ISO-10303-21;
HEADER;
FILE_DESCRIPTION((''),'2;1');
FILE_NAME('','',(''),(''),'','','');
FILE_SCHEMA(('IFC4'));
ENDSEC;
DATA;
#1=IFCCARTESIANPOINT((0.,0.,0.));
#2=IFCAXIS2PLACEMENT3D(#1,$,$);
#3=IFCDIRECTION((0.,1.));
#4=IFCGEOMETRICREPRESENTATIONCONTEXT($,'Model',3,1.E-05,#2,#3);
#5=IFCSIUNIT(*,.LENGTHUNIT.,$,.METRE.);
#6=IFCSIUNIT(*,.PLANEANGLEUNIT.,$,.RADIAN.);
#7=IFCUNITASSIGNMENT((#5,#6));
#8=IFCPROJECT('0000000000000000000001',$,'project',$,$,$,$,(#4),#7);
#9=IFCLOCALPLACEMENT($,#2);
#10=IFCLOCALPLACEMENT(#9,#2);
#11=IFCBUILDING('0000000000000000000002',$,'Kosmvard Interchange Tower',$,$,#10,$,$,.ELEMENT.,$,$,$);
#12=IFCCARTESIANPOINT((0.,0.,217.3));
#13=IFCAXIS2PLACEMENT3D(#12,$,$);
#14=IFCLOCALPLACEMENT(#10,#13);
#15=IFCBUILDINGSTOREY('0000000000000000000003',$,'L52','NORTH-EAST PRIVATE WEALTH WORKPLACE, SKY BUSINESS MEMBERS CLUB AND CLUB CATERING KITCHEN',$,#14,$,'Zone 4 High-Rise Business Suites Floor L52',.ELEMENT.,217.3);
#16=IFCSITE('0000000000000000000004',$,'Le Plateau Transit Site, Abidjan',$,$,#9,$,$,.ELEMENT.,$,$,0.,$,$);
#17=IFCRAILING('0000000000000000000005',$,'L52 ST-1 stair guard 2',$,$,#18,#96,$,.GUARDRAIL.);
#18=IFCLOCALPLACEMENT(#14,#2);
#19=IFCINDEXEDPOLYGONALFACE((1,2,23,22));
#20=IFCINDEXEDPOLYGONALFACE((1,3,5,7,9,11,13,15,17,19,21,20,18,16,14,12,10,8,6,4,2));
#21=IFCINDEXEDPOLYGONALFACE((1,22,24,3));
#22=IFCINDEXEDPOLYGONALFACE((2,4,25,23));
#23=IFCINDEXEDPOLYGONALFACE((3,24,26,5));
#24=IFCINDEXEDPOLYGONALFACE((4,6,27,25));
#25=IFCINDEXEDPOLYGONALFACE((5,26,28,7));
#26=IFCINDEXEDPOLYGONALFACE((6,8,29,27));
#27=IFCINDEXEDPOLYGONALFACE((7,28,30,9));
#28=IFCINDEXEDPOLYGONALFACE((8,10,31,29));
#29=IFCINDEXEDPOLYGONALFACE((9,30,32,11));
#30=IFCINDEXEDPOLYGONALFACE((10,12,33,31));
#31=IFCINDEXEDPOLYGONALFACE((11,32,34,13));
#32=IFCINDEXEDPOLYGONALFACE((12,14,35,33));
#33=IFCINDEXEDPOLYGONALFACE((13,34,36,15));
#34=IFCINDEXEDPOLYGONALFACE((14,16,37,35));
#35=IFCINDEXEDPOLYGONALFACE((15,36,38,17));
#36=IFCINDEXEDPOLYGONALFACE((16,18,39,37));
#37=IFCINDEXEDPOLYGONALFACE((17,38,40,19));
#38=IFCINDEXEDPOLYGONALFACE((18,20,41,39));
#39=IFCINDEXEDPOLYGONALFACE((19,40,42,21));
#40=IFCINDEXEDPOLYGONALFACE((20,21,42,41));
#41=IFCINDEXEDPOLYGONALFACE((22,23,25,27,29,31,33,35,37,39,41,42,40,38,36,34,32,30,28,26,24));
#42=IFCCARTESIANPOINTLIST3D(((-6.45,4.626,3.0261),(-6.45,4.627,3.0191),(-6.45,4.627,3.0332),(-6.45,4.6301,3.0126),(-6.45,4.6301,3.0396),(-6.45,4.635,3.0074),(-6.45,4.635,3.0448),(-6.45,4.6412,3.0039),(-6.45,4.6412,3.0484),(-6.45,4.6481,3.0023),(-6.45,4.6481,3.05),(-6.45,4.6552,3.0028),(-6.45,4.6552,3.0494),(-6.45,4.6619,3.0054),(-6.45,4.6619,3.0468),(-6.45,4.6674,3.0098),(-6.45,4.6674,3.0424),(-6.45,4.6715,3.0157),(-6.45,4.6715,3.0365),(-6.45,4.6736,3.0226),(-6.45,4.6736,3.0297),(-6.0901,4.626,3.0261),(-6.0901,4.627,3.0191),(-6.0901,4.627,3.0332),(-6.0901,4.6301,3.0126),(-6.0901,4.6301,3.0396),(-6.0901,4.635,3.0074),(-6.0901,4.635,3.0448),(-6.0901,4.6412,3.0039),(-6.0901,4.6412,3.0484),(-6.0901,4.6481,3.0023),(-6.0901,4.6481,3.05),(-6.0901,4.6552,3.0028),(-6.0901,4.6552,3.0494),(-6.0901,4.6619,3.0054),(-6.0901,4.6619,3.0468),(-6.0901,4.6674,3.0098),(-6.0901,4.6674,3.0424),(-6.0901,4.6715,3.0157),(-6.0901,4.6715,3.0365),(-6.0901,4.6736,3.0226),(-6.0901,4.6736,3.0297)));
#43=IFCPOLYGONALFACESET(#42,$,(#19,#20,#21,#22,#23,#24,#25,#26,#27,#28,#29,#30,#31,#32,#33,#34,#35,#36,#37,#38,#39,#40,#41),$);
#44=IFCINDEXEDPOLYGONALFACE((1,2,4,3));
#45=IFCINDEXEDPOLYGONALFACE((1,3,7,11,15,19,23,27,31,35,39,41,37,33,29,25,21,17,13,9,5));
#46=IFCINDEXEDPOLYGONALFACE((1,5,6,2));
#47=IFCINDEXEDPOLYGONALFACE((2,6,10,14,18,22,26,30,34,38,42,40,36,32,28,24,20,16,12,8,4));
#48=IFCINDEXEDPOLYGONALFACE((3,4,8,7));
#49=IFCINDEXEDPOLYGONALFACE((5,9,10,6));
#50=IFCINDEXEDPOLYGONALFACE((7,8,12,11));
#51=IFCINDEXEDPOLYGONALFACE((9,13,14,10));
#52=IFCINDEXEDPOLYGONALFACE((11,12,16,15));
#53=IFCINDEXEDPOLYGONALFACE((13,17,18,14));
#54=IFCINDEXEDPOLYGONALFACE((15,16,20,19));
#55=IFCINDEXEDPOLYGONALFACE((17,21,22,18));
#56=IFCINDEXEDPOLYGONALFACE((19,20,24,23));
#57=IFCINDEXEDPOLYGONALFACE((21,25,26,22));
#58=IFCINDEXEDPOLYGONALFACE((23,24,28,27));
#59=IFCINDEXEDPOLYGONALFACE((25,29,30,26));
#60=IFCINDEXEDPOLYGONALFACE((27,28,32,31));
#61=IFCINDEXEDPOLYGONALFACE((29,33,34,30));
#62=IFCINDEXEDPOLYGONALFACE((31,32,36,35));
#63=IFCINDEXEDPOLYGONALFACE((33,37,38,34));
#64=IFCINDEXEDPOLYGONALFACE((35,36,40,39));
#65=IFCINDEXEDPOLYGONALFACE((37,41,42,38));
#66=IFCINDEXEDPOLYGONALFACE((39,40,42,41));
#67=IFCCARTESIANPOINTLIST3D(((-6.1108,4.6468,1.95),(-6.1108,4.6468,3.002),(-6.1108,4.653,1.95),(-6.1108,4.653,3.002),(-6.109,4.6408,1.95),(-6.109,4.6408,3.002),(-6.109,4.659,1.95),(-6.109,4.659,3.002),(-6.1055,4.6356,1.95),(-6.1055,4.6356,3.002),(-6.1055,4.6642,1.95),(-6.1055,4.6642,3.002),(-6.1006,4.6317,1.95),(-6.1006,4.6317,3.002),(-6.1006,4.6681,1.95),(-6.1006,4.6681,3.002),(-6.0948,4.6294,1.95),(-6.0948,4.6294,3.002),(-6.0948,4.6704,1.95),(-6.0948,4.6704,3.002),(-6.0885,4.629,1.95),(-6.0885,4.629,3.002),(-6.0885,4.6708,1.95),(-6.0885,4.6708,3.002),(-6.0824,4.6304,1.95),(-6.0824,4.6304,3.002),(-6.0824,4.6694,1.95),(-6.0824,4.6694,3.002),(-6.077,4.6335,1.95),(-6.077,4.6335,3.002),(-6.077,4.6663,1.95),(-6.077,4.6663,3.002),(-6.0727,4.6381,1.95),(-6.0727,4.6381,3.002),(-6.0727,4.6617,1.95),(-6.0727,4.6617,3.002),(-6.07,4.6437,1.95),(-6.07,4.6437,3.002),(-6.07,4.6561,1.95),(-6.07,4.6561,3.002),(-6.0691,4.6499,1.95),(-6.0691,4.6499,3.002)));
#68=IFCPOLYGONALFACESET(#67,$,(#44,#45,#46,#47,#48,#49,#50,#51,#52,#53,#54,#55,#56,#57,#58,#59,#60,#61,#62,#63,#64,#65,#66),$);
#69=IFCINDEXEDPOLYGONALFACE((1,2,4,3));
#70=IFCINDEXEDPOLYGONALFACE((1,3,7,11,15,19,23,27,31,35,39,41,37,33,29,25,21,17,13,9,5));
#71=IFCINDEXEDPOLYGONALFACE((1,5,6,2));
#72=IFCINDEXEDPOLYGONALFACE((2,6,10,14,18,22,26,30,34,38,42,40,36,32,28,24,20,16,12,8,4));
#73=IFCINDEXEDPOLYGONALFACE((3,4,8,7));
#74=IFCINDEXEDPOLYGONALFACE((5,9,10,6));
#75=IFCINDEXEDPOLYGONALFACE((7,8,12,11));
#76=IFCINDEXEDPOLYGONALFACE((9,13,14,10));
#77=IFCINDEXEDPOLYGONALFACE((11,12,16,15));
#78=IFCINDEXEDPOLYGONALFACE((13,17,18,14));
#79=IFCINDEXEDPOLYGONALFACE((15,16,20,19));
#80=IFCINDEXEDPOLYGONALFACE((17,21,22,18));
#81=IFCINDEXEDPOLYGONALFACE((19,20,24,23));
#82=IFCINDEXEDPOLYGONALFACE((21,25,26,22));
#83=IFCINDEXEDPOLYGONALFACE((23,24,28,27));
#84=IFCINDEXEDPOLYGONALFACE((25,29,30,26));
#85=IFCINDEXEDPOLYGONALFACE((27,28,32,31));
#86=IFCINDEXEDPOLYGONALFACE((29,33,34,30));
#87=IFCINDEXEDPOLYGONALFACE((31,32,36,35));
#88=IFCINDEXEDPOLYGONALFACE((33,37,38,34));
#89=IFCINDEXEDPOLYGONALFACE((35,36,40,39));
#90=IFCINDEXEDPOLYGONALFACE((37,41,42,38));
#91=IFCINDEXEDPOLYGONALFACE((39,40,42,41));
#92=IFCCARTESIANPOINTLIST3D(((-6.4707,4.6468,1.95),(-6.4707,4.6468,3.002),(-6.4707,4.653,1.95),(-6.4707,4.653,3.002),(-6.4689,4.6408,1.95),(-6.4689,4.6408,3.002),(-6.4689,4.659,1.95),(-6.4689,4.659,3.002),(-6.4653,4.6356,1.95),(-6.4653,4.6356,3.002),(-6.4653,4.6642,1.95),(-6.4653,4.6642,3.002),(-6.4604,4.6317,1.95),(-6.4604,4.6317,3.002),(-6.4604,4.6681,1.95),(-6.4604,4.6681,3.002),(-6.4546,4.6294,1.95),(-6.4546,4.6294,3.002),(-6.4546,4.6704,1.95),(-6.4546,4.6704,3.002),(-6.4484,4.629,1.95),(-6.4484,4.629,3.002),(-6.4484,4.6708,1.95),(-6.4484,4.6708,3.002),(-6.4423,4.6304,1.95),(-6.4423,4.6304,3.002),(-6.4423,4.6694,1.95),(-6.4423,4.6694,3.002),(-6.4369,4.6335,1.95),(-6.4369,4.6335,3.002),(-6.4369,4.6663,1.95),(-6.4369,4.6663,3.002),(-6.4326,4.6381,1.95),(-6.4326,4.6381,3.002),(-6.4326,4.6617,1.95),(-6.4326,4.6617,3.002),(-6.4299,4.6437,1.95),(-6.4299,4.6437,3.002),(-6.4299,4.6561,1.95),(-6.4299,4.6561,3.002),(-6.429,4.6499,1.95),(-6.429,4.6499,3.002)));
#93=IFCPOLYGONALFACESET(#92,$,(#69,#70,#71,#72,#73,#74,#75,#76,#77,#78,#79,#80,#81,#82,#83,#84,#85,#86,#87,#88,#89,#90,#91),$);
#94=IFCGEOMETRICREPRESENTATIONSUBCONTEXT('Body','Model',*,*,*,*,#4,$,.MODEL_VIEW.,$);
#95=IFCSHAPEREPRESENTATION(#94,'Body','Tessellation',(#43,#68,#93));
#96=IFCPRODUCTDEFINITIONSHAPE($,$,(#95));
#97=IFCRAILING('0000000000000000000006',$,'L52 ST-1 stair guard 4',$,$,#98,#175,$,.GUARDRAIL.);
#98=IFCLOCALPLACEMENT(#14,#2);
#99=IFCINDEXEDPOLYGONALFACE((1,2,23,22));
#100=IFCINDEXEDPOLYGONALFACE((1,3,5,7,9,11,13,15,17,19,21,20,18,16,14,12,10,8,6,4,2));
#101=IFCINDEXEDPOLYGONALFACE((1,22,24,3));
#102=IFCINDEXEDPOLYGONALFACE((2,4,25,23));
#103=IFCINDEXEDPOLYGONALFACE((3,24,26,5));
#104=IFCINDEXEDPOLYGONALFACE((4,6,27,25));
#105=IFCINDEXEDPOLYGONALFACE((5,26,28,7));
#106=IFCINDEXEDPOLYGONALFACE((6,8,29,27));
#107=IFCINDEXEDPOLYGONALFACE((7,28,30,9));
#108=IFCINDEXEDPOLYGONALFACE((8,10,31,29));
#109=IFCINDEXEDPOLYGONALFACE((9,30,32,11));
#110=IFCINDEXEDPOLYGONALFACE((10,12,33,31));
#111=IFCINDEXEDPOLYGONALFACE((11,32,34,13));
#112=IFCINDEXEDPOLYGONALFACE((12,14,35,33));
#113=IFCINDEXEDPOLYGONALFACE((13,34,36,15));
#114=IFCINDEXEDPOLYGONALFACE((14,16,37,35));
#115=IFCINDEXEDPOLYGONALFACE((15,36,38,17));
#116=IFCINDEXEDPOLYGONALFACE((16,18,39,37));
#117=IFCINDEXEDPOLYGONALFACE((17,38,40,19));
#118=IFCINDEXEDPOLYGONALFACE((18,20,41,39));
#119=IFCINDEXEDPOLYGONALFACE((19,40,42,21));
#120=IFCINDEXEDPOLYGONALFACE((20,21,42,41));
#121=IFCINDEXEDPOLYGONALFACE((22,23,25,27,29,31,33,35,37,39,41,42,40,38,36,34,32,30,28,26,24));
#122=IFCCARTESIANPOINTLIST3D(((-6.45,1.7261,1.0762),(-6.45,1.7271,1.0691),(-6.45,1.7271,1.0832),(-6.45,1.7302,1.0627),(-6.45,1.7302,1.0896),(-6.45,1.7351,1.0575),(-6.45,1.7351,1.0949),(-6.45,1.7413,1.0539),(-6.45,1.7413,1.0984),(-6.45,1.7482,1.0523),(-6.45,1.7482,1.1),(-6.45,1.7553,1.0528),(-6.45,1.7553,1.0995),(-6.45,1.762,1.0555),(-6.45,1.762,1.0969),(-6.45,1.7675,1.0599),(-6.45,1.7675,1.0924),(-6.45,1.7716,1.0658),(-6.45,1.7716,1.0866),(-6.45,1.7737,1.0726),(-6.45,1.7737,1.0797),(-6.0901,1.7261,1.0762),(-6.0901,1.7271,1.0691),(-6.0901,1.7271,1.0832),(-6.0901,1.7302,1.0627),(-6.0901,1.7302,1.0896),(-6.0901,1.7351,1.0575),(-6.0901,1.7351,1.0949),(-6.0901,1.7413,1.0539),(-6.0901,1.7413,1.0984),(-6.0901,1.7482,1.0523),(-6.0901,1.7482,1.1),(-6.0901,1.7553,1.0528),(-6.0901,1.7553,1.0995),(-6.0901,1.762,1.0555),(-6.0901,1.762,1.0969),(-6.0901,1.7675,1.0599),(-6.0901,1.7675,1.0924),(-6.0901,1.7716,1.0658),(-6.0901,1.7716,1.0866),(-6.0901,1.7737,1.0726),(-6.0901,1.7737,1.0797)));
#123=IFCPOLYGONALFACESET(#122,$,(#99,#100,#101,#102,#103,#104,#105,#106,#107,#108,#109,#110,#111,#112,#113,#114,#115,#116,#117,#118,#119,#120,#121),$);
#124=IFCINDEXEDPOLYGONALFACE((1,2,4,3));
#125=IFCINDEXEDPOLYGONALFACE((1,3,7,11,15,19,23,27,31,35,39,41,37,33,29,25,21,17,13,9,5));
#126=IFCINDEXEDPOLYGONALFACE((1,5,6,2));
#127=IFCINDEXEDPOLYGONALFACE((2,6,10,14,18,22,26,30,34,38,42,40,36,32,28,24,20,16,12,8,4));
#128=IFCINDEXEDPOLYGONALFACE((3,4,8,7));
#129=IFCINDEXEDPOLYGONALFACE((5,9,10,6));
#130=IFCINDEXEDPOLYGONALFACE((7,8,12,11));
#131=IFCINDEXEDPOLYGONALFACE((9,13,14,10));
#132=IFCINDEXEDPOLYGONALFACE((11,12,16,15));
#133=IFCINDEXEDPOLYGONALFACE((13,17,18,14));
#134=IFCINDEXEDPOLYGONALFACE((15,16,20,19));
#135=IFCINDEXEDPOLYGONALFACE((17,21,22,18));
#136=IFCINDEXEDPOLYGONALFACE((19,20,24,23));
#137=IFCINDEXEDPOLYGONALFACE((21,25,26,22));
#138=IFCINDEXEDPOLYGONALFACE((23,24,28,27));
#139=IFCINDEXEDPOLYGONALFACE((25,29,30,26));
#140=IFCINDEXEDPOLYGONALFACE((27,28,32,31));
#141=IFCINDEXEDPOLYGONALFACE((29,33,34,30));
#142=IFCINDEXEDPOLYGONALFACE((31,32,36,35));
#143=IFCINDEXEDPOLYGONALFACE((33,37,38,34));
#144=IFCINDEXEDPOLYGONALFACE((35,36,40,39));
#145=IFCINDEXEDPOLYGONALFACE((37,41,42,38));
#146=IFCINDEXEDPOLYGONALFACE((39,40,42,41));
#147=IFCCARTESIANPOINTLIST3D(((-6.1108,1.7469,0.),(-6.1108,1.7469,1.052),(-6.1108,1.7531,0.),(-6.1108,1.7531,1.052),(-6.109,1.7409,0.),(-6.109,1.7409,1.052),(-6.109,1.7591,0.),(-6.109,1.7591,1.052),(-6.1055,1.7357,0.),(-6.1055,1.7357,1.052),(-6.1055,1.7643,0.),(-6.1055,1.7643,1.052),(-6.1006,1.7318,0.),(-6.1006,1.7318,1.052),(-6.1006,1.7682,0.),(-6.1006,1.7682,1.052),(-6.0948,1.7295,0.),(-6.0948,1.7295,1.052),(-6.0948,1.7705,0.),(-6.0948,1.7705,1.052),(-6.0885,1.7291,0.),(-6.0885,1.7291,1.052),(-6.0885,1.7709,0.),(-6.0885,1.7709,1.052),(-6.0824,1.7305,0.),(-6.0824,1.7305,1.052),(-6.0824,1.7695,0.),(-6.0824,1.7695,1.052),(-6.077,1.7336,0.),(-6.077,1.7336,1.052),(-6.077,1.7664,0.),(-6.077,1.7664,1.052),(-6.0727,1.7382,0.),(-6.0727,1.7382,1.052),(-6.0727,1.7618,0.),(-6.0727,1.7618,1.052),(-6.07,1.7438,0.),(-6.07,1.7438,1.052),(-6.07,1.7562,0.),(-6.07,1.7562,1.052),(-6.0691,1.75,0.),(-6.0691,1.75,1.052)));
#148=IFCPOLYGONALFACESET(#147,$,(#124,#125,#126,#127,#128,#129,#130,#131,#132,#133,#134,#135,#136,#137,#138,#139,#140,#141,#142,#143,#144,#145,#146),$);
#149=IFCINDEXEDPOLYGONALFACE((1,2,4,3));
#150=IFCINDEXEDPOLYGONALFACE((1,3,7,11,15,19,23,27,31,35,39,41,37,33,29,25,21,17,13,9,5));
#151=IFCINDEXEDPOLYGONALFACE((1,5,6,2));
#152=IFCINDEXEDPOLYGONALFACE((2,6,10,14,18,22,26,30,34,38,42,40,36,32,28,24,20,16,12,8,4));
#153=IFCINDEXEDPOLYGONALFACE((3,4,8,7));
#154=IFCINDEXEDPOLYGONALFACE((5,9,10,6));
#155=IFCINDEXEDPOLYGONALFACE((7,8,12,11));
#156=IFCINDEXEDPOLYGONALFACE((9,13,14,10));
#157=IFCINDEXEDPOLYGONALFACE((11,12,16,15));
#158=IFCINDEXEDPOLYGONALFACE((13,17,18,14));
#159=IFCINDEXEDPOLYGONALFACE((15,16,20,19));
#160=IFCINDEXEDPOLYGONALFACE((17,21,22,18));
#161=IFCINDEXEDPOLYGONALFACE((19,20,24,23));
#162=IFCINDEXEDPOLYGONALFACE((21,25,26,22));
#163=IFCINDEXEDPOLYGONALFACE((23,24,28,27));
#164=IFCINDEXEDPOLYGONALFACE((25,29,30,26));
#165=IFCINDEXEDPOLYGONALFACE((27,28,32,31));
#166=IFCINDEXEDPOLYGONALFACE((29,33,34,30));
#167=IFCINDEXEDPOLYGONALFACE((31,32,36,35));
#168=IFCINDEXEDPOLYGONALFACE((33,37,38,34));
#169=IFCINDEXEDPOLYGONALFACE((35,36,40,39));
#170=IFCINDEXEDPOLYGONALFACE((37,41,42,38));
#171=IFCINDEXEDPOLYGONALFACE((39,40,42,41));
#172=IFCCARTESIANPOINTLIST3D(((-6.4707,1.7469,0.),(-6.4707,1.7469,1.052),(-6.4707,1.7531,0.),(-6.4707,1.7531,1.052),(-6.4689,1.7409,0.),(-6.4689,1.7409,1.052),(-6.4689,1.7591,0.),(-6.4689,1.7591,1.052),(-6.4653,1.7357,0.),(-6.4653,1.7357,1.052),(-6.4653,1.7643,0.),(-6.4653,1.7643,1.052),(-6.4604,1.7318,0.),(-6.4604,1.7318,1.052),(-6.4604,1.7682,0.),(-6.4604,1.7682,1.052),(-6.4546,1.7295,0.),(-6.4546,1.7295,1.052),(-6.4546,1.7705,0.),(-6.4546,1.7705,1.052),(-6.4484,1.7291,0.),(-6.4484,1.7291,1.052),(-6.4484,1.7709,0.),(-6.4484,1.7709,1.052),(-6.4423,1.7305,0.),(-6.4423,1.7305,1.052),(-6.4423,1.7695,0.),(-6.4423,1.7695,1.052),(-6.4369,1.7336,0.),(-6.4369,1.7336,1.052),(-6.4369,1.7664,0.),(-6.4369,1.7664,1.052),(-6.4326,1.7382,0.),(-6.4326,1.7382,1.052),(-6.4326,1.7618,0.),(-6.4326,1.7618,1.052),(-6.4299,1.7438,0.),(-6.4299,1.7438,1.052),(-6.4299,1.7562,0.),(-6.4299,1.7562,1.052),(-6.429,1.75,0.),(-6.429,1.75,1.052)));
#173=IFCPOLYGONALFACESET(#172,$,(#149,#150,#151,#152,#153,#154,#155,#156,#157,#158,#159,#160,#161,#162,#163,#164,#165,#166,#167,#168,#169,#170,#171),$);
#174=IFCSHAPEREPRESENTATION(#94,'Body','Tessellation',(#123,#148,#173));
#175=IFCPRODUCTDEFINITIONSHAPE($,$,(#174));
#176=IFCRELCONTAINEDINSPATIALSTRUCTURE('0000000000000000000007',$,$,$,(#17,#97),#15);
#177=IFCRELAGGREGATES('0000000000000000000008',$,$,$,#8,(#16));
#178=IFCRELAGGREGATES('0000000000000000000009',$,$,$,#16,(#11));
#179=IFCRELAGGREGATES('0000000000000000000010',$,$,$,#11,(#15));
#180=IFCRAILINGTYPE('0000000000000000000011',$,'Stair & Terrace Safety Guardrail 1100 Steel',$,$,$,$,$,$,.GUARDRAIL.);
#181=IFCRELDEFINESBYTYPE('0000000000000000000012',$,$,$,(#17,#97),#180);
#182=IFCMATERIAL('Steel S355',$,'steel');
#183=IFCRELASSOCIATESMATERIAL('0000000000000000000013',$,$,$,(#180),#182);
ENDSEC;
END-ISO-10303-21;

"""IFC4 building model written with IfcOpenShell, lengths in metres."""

from ifc_helpers import new_model, si_unit, direction, frame, origin, origin_2d, place, context, subcontext, project, spatial, circle, extrude, source, transform, mapped, material, type_object, element, save


model = new_model("IFC4")

# Units and contexts
model_context = context("Model", 3, precision=1e-05, world=origin(), true_north=direction((0.0, 1.0)))
body_context = subcontext(model_context, "Body", "Model", "MODEL_VIEW")
ifc_project = project(units=[si_unit("LENGTHUNIT", "METRE"), si_unit("PLANEANGLEUNIT", "RADIAN")], contexts=[model_context])

# Site, building, storey
site_placement = place(None, origin())
site = spatial("IfcSite", under=ifc_project, at=site_placement, Name="Le Plateau Transit Site, Abidjan", CompositionType="ELEMENT", RefElevation=0.0)
building_placement = place(site_placement, origin())
building = spatial("IfcBuilding", under=site, at=building_placement, Name="Kosmvard Interchange Tower", CompositionType="ELEMENT")
storey_placement = place(building_placement, frame((0.0, 0.0, 217.3)))
storey = spatial("IfcBuildingStorey", under=building, at=storey_placement, Name="L52", Description="NORTH-EAST PRIVATE WEALTH WORKPLACE, SKY BUSINESS MEMBERS CLUB AND CLUB CATERING KITCHEN", LongName="Zone 4 High-Rise Business Suites Floor L52", CompositionType="ELEMENT", Elevation=217.3)

# Railings
ifc_material_1 = material(Name="Steel S355", Category="steel")
railing_type_1 = type_object("IfcRailingType", Name="Stair & Terrace Safety Guardrail 1100 Steel", PredefinedType="GUARDRAIL", material=ifc_material_1)
shared_shape_1 = source(origin(), body_context, "Body", "SweptSolid", [
    extrude(circle(Radius=0.0239, at=origin_2d()), frame((0.0, 0.0, 1.0762), z_axis=(-1.0, 0.0, 0.0), x_axis=(0.0, -1.0, 0.0)), (0.0, 0.0, 1.0), 0.3599),
    extrude(circle(Radius=0.021, at=origin_2d()), origin(), (0.0, 0.0, 1.0), 1.052),
    extrude(circle(Radius=0.021, at=origin_2d()), frame((-0.3599, 0.0, 0.0)), (0.0, 0.0, 1.0), 1.052),
])
for number, where, name in (
    (1, (-6.0901, 4.6499, 1.95), "L52 ST-1 stair guard 2"),
    (2, (-6.0901, 1.75, 0.0), "L52 ST-1 stair guard 4"),
):
    element("IfcRailing", number, at=place(storey_placement, frame(where)), inside=storey, type_object=railing_type_1, Name=name, PredefinedType="GUARDRAIL", context=body_context, shape_type="MappedRepresentation", body=[
        mapped(shared_shape_1, transform((0.0, 0.0, 0.0), scale=1.0)),
    ])

save(model, "model.ifc")
